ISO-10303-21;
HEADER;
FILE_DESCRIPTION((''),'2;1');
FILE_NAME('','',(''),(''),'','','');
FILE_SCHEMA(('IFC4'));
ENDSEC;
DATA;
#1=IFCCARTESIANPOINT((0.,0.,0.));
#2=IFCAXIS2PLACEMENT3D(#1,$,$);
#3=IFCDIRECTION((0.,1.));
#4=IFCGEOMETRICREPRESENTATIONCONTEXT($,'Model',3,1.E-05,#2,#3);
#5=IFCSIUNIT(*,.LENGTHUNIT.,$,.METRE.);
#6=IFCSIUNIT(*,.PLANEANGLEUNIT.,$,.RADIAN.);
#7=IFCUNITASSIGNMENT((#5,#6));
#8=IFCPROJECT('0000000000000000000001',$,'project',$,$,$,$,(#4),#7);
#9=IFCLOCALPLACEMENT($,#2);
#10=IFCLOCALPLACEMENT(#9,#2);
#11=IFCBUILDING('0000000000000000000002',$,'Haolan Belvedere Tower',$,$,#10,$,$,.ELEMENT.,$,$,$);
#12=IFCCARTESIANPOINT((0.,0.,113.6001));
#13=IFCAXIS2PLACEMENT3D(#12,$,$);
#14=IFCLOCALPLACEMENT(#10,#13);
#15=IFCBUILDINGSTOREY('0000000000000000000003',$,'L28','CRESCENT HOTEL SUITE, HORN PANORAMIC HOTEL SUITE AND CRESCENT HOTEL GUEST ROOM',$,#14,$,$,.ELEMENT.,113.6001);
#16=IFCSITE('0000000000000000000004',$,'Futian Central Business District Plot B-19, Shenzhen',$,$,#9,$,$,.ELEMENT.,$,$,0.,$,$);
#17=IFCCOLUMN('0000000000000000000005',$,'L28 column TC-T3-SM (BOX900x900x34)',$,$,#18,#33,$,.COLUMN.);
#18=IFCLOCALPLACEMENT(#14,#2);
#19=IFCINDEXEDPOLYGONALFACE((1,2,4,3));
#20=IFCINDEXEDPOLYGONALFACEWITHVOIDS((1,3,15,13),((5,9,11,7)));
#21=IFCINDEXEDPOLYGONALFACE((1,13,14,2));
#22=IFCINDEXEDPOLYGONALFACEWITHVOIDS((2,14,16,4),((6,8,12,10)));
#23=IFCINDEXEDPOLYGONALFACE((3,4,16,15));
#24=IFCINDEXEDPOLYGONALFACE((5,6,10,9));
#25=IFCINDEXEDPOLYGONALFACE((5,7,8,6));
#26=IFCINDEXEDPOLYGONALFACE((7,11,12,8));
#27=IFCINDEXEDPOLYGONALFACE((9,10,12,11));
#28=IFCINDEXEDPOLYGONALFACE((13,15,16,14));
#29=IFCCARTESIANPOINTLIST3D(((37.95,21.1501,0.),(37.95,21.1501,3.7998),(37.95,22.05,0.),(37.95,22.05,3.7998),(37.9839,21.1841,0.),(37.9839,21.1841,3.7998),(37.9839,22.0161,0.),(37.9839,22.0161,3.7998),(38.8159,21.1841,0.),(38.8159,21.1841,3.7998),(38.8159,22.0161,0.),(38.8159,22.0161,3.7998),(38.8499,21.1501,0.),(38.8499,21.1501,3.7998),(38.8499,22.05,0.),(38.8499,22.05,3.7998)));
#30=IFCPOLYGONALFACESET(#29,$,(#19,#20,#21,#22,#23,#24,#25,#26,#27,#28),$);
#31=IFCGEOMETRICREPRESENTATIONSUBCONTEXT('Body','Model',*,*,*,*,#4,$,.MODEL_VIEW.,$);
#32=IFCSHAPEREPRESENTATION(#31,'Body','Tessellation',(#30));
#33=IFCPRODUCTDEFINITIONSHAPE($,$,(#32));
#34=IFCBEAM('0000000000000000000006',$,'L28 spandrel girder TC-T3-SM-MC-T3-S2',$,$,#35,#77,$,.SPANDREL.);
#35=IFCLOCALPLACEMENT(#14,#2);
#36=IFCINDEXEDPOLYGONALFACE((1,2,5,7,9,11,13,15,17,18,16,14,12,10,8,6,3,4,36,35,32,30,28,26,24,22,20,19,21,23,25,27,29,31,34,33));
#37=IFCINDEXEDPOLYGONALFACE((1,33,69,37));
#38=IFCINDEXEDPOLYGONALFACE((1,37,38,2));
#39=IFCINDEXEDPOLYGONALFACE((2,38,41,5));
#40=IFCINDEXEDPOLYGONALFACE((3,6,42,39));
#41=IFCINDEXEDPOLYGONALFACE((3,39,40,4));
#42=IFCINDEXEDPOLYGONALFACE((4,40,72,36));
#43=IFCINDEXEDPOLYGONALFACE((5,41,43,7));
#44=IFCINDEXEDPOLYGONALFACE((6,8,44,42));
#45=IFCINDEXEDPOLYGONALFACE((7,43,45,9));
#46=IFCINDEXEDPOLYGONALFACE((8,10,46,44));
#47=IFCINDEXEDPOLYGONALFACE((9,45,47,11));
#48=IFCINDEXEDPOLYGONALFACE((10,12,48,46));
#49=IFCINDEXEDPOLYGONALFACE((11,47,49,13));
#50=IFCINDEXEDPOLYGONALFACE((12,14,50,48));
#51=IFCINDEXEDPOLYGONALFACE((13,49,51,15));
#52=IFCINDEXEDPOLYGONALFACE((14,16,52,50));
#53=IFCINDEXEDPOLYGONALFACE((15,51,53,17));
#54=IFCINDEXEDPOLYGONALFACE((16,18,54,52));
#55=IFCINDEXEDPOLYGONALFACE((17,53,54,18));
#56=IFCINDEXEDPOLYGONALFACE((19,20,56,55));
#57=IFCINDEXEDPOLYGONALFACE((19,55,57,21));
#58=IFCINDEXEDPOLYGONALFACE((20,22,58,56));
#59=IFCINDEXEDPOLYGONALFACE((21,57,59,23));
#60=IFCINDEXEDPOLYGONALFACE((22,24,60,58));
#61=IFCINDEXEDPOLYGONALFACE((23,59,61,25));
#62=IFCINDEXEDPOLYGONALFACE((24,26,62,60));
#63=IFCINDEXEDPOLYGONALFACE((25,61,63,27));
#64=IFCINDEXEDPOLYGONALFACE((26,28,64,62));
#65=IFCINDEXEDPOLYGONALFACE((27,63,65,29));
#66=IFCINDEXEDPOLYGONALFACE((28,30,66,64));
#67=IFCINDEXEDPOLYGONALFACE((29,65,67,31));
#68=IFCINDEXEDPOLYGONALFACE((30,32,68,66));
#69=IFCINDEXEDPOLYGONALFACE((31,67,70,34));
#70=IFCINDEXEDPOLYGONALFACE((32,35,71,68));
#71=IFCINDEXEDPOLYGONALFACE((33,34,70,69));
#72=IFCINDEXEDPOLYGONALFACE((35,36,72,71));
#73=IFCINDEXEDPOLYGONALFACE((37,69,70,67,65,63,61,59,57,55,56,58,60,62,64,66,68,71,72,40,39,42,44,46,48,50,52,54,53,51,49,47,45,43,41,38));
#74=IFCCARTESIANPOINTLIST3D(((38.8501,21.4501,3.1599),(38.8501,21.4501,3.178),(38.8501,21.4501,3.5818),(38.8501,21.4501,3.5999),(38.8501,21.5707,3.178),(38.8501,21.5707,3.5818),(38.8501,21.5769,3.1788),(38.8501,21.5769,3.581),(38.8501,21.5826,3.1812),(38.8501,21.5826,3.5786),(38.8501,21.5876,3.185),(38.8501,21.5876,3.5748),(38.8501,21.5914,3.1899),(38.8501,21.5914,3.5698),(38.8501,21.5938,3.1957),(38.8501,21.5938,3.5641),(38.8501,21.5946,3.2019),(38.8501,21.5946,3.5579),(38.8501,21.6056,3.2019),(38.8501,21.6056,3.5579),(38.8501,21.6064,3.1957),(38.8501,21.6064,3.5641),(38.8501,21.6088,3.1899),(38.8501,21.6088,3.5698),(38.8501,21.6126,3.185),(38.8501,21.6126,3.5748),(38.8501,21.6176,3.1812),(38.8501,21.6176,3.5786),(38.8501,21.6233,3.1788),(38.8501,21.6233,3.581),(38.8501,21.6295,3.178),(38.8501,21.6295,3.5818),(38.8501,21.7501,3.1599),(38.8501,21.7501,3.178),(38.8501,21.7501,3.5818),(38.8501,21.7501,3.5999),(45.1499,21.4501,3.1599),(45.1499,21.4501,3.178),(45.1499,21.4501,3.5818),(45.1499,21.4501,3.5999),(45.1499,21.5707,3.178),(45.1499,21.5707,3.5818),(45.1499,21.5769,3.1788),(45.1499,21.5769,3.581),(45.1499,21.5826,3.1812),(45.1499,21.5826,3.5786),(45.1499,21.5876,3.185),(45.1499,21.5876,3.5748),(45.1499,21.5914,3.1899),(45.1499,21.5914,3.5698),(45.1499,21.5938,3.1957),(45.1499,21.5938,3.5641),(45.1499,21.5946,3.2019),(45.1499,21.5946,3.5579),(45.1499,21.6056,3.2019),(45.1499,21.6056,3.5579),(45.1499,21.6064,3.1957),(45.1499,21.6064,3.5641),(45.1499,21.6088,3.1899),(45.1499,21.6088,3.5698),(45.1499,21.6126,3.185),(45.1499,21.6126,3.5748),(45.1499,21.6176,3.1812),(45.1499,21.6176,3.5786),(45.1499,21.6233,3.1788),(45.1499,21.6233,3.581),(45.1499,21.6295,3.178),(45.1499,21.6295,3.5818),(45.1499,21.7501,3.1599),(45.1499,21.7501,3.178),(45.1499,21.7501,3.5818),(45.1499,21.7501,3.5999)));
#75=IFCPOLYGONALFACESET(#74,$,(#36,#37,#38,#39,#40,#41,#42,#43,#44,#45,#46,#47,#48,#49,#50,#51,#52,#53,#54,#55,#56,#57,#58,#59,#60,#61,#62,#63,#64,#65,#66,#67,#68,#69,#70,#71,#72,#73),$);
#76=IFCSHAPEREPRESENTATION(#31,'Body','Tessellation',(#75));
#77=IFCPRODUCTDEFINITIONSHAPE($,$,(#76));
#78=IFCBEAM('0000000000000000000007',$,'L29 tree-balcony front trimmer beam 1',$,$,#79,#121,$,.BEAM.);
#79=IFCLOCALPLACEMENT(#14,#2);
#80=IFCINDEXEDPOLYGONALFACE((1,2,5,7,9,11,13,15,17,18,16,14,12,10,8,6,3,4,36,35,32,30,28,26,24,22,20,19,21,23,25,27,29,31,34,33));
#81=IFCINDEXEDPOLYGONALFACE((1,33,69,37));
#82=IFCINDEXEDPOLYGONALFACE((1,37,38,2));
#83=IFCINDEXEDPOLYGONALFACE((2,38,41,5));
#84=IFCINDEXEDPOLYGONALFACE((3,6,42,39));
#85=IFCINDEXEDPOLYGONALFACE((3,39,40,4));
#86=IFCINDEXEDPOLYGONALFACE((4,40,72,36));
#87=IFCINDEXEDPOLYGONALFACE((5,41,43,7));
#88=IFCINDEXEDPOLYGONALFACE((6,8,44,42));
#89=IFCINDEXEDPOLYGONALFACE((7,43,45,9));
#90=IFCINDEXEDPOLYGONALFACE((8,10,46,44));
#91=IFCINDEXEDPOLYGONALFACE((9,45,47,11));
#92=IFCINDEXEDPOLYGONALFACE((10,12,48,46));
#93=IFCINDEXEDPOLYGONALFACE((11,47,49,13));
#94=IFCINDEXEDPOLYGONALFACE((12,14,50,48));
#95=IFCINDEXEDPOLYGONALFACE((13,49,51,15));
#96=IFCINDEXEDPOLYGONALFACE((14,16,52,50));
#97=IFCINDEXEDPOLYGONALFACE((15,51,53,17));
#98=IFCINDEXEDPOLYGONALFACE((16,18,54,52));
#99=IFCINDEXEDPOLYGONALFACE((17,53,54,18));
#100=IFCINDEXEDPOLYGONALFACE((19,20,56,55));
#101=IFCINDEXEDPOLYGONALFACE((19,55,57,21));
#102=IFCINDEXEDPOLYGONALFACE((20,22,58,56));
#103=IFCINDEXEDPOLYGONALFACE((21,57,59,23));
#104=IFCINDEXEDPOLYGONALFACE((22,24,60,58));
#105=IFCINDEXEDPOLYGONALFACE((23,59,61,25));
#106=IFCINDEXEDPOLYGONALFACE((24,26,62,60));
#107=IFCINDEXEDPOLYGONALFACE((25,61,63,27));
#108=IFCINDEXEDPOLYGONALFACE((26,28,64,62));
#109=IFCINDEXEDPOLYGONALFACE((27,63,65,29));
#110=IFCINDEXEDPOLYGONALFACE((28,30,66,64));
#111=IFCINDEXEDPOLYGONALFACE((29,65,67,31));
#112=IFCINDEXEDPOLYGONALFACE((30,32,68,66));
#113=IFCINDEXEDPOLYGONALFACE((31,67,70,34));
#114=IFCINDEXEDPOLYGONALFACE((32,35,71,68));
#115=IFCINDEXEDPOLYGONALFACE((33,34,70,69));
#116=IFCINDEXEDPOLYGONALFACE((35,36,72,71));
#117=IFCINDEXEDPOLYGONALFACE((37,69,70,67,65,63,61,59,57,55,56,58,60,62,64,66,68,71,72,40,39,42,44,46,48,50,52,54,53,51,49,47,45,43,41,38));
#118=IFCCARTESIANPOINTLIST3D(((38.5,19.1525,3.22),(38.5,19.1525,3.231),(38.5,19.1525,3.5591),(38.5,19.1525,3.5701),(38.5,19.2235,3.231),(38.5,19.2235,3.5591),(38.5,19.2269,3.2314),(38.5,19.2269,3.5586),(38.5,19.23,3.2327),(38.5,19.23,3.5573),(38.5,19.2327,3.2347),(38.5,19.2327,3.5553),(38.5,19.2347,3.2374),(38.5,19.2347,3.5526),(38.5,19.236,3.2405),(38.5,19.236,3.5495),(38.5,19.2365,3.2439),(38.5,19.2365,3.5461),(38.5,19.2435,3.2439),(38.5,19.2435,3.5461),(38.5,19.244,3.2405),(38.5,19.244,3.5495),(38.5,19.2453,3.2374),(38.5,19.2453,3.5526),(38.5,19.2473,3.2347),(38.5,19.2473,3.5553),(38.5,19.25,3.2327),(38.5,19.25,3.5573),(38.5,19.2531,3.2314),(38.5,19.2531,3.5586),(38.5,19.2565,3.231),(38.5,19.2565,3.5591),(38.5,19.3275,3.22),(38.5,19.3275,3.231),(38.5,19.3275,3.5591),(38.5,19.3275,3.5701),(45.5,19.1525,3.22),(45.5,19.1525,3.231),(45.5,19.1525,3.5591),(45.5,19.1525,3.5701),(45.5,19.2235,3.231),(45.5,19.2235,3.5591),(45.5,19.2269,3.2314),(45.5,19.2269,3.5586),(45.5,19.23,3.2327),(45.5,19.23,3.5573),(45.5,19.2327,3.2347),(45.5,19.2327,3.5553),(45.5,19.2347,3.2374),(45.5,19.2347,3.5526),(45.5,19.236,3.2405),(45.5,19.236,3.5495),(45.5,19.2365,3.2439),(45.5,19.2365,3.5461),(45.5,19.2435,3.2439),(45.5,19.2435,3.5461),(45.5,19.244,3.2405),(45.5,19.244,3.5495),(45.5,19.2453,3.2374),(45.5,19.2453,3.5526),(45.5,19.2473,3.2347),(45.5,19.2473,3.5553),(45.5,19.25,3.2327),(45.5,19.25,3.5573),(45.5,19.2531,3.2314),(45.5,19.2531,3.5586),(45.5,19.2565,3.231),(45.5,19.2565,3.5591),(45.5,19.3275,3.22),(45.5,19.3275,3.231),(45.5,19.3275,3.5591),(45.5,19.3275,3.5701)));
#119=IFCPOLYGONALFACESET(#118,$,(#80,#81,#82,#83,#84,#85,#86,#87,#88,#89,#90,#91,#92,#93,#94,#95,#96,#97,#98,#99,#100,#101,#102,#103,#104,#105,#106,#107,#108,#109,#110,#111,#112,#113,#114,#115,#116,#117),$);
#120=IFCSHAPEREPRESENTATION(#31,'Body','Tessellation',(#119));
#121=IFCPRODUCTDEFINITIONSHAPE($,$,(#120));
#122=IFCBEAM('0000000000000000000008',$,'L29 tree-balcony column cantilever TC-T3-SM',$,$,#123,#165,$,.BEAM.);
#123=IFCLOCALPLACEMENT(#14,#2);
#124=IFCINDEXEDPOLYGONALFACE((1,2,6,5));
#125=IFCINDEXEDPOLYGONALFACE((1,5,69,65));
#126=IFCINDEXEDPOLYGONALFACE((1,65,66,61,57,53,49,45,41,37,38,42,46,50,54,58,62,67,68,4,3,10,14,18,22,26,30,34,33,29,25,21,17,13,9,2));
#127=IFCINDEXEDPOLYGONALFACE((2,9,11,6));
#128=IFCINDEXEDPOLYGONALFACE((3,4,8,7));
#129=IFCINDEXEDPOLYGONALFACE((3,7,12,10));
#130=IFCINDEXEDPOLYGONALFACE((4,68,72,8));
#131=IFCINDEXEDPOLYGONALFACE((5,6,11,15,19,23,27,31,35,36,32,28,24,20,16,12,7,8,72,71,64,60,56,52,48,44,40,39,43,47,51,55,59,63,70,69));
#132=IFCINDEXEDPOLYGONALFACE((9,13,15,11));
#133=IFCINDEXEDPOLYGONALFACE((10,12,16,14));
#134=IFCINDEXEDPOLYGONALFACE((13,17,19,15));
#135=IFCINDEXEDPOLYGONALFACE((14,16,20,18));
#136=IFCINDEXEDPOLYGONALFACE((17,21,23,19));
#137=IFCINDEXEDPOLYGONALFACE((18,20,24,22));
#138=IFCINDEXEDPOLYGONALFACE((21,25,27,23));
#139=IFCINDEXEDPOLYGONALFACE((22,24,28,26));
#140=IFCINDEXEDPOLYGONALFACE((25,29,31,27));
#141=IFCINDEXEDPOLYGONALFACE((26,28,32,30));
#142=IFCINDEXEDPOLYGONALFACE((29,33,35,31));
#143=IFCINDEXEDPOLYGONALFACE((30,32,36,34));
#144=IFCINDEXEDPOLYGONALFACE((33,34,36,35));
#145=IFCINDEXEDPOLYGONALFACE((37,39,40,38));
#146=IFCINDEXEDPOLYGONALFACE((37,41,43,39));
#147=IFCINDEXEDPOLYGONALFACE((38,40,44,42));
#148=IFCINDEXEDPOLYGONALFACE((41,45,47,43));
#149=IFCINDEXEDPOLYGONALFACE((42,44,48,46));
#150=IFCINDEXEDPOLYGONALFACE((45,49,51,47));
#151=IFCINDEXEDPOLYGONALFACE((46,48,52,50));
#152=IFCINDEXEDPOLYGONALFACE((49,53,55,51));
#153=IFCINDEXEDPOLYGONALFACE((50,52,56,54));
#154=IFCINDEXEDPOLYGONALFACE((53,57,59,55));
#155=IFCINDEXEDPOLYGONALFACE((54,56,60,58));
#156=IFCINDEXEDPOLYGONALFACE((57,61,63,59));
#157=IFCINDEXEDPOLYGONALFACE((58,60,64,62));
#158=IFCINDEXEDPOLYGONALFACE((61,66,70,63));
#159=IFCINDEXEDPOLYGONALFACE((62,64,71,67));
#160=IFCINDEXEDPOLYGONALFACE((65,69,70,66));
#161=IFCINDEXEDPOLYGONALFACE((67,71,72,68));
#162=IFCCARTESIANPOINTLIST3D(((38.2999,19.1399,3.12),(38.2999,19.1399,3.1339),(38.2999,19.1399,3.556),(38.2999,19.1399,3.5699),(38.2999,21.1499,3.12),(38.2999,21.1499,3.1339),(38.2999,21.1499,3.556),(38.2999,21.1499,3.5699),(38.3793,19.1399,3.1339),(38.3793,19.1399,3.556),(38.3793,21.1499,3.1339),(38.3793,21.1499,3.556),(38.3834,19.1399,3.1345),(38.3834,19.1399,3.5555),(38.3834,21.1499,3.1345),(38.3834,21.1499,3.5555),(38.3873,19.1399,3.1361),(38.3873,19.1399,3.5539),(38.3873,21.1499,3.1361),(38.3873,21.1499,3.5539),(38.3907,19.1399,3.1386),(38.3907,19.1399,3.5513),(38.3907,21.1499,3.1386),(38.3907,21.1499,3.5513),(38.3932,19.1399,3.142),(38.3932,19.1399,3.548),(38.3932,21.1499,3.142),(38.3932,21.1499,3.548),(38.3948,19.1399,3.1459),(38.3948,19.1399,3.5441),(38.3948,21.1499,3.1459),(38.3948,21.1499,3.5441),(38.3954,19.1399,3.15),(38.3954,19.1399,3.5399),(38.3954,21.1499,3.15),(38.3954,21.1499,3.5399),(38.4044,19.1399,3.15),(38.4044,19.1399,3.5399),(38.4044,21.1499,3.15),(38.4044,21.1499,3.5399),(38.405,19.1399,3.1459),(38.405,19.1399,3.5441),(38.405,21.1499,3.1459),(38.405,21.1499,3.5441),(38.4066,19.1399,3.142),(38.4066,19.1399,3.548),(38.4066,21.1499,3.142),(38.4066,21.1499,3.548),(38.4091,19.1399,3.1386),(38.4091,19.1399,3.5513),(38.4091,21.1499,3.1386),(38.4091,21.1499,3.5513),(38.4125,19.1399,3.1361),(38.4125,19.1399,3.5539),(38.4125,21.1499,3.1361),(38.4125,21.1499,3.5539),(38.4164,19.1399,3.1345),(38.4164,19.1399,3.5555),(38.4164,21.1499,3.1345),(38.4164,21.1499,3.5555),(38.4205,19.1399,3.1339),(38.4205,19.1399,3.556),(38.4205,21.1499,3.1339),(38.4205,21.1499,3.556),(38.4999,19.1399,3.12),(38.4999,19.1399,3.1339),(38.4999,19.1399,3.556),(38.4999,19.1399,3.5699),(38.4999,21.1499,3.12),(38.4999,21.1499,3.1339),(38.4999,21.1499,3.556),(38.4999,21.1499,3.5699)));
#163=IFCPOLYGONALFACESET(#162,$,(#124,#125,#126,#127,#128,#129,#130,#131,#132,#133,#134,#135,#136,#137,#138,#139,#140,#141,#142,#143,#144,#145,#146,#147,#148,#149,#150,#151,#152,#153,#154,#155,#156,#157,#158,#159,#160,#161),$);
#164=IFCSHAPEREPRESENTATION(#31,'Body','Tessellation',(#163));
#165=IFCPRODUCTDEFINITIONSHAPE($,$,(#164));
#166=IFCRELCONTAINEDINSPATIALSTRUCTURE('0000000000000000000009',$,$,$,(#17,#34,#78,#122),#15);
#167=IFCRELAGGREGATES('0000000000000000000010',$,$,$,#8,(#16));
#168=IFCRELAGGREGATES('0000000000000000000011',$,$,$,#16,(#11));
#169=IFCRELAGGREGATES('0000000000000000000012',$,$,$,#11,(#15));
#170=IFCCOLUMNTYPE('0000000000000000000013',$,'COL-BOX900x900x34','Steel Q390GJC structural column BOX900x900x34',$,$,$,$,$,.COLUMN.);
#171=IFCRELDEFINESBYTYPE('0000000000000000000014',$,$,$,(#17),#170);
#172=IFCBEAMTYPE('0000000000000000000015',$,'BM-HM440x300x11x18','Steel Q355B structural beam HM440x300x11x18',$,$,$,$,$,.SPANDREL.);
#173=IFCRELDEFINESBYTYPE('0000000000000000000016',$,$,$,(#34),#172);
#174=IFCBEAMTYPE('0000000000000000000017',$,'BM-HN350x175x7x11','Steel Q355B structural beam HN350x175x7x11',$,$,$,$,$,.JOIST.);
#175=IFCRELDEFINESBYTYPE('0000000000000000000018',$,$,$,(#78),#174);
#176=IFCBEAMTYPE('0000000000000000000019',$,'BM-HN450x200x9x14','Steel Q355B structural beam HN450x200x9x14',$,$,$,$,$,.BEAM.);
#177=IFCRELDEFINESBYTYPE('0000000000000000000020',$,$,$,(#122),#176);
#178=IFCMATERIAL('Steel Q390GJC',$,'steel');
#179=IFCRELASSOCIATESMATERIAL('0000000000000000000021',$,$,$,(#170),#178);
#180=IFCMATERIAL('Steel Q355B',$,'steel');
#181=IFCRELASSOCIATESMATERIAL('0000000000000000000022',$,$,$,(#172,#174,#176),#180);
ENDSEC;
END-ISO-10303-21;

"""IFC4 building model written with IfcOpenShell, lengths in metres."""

from ifc_helpers import new_model, si_unit, direction, frame, origin, origin_2d, place, context, subcontext, project, spatial, hollow_rectangle, i_section, extrude, material, material_profile, profile_set, type_object, element, save


model = new_model("IFC4")

# Units and contexts
model_context = context("Model", 3, precision=1e-05, world=origin(), true_north=direction((0.0, 1.0)))
body_context = subcontext(model_context, "Body", "Model", "MODEL_VIEW")
ifc_project = project(units=[si_unit("LENGTHUNIT", "METRE"), si_unit("PLANEANGLEUNIT", "RADIAN")], contexts=[model_context])

# Site, building, storey
site_placement = place(None, origin())
site = spatial("IfcSite", under=ifc_project, at=site_placement, Name="Futian Central Business District Plot B-19, Shenzhen", CompositionType="ELEMENT", RefElevation=0.0)
building_placement = place(site_placement, origin())
building = spatial("IfcBuilding", under=site, at=building_placement, Name="Haolan Belvedere Tower", CompositionType="ELEMENT")
storey_placement = place(building_placement, frame((0.0, 0.0, 113.6001)))
storey = spatial("IfcBuildingStorey", under=building, at=storey_placement, Name="L28", Description="CRESCENT HOTEL SUITE, HORN PANORAMIC HOTEL SUITE AND CRESCENT HOTEL GUEST ROOM", CompositionType="ELEMENT", Elevation=113.6001)

# Column
ifc_material_1 = material(Name="Steel Q390GJC", Category="steel")
ifc_material_profile_1 = material_profile(ifc_material_1, hollow_rectangle(XDim=0.8999, YDim=0.8999, WallThickness=0.0339, at=origin_2d()), Name="Steel Q390GJC")
ifc_profile_set_1 = profile_set([ifc_material_profile_1], Name="Steel Q390GJC")
column_type = type_object("IfcColumnType", Name="COL-BOX900x900x34", Description="Steel Q390GJC structural column BOX900x900x34", PredefinedType="COLUMN", material=ifc_profile_set_1)
column_placement = place(storey_placement, frame((38.3999, 21.6001, 0.0), z_axis=(0.0, 0.0, 1.0), x_axis=(1.0, 0.0, 0.0)))
element("IfcColumn", 1, at=column_placement, inside=storey, type_object=column_type, Name="L28 column TC-T3-SM (BOX900x900x34)", PredefinedType="COLUMN", context=body_context, shape_type="SweptSolid", body=[
    extrude(hollow_rectangle(XDim=0.8999, YDim=0.8999, WallThickness=0.0339, at=origin_2d()), origin(), (0.0, 0.0, 1.0), 3.7998),
])

# Beams
ifc_material_2 = material(Name="Steel Q355B", Category="steel")
ifc_material_profile_2 = material_profile(ifc_material_2, i_section(OverallWidth=0.3, OverallDepth=0.4399, WebThickness=0.011, FlangeThickness=0.0181, FilletRadius=0.0239, at=origin_2d()), Name="Steel Q355B")
ifc_profile_set_2 = profile_set([ifc_material_profile_2], Name="Steel Q355B")
beam_type_1 = type_object("IfcBeamType", Name="BM-HM440x300x11x18", Description="Steel Q355B structural beam HM440x300x11x18", PredefinedType="SPANDREL", material=ifc_profile_set_2)
beam_1_placement = place(storey_placement, frame((38.8501, 21.6001, 3.3799), z_axis=(1.0, 0.0, 0.0), x_axis=(0.0, 1.0, 0.0)))
element("IfcBeam", 2, at=beam_1_placement, inside=storey, type_object=beam_type_1, Name="L28 spandrel girder TC-T3-SM-MC-T3-S2", PredefinedType="SPANDREL", context=body_context, shape_type="SweptSolid", body=[
    extrude(i_section(OverallWidth=0.3, OverallDepth=0.4399, WebThickness=0.011, FlangeThickness=0.0181, FilletRadius=0.0239, at=origin_2d()), origin(), (0.0, 0.0, 1.0), 6.2998),
])
ifc_material_profile_3 = material_profile(ifc_material_2, i_section(OverallWidth=0.175, OverallDepth=0.3501, WebThickness=0.0071, FlangeThickness=0.011, FilletRadius=0.0129, at=origin_2d()), Name="Steel Q355B")
ifc_profile_set_3 = profile_set([ifc_material_profile_3], Name="Steel Q355B")
beam_type_2 = type_object("IfcBeamType", Name="BM-HN350x175x7x11", Description="Steel Q355B structural beam HN350x175x7x11", PredefinedType="JOIST", material=ifc_profile_set_3)
beam_2_placement = place(storey_placement, frame((38.5, 19.24, 3.395), z_axis=(1.0, 0.0, 0.0), x_axis=(0.0, 1.0, 0.0)))
element("IfcBeam", 3, at=beam_2_placement, inside=storey, type_object=beam_type_2, Name="L29 tree-balcony front trimmer beam 1", PredefinedType="BEAM", context=body_context, shape_type="SweptSolid", body=[
    extrude(i_section(OverallWidth=0.175, OverallDepth=0.3501, WebThickness=0.0071, FlangeThickness=0.011, FilletRadius=0.0129, at=origin_2d()), origin(), (0.0, 0.0, 1.0), 7.0),
])
ifc_material_profile_4 = material_profile(ifc_material_2, i_section(OverallWidth=0.2, OverallDepth=0.45, WebThickness=0.009, FlangeThickness=0.0139, FilletRadius=0.0161, at=origin_2d()), Name="Steel Q355B")
ifc_profile_set_4 = profile_set([ifc_material_profile_4], Name="Steel Q355B")
beam_type_3 = type_object("IfcBeamType", Name="BM-HN450x200x9x14", Description="Steel Q355B structural beam HN450x200x9x14", PredefinedType="BEAM", material=ifc_profile_set_4)
beam_3_placement = place(storey_placement, frame((38.3999, 21.1499, 3.345), z_axis=(0.0, -1.0, 0.0), x_axis=(1.0, 0.0, 0.0)))
element("IfcBeam", 4, at=beam_3_placement, inside=storey, type_object=beam_type_3, Name="L29 tree-balcony column cantilever TC-T3-SM", PredefinedType="BEAM", context=body_context, shape_type="SweptSolid", body=[
    extrude(i_section(OverallWidth=0.2, OverallDepth=0.45, WebThickness=0.009, FlangeThickness=0.0139, FilletRadius=0.0161, at=origin_2d()), origin(), (0.0, 0.0, 1.0), 2.01),
])

save(model, "model.ifc")
